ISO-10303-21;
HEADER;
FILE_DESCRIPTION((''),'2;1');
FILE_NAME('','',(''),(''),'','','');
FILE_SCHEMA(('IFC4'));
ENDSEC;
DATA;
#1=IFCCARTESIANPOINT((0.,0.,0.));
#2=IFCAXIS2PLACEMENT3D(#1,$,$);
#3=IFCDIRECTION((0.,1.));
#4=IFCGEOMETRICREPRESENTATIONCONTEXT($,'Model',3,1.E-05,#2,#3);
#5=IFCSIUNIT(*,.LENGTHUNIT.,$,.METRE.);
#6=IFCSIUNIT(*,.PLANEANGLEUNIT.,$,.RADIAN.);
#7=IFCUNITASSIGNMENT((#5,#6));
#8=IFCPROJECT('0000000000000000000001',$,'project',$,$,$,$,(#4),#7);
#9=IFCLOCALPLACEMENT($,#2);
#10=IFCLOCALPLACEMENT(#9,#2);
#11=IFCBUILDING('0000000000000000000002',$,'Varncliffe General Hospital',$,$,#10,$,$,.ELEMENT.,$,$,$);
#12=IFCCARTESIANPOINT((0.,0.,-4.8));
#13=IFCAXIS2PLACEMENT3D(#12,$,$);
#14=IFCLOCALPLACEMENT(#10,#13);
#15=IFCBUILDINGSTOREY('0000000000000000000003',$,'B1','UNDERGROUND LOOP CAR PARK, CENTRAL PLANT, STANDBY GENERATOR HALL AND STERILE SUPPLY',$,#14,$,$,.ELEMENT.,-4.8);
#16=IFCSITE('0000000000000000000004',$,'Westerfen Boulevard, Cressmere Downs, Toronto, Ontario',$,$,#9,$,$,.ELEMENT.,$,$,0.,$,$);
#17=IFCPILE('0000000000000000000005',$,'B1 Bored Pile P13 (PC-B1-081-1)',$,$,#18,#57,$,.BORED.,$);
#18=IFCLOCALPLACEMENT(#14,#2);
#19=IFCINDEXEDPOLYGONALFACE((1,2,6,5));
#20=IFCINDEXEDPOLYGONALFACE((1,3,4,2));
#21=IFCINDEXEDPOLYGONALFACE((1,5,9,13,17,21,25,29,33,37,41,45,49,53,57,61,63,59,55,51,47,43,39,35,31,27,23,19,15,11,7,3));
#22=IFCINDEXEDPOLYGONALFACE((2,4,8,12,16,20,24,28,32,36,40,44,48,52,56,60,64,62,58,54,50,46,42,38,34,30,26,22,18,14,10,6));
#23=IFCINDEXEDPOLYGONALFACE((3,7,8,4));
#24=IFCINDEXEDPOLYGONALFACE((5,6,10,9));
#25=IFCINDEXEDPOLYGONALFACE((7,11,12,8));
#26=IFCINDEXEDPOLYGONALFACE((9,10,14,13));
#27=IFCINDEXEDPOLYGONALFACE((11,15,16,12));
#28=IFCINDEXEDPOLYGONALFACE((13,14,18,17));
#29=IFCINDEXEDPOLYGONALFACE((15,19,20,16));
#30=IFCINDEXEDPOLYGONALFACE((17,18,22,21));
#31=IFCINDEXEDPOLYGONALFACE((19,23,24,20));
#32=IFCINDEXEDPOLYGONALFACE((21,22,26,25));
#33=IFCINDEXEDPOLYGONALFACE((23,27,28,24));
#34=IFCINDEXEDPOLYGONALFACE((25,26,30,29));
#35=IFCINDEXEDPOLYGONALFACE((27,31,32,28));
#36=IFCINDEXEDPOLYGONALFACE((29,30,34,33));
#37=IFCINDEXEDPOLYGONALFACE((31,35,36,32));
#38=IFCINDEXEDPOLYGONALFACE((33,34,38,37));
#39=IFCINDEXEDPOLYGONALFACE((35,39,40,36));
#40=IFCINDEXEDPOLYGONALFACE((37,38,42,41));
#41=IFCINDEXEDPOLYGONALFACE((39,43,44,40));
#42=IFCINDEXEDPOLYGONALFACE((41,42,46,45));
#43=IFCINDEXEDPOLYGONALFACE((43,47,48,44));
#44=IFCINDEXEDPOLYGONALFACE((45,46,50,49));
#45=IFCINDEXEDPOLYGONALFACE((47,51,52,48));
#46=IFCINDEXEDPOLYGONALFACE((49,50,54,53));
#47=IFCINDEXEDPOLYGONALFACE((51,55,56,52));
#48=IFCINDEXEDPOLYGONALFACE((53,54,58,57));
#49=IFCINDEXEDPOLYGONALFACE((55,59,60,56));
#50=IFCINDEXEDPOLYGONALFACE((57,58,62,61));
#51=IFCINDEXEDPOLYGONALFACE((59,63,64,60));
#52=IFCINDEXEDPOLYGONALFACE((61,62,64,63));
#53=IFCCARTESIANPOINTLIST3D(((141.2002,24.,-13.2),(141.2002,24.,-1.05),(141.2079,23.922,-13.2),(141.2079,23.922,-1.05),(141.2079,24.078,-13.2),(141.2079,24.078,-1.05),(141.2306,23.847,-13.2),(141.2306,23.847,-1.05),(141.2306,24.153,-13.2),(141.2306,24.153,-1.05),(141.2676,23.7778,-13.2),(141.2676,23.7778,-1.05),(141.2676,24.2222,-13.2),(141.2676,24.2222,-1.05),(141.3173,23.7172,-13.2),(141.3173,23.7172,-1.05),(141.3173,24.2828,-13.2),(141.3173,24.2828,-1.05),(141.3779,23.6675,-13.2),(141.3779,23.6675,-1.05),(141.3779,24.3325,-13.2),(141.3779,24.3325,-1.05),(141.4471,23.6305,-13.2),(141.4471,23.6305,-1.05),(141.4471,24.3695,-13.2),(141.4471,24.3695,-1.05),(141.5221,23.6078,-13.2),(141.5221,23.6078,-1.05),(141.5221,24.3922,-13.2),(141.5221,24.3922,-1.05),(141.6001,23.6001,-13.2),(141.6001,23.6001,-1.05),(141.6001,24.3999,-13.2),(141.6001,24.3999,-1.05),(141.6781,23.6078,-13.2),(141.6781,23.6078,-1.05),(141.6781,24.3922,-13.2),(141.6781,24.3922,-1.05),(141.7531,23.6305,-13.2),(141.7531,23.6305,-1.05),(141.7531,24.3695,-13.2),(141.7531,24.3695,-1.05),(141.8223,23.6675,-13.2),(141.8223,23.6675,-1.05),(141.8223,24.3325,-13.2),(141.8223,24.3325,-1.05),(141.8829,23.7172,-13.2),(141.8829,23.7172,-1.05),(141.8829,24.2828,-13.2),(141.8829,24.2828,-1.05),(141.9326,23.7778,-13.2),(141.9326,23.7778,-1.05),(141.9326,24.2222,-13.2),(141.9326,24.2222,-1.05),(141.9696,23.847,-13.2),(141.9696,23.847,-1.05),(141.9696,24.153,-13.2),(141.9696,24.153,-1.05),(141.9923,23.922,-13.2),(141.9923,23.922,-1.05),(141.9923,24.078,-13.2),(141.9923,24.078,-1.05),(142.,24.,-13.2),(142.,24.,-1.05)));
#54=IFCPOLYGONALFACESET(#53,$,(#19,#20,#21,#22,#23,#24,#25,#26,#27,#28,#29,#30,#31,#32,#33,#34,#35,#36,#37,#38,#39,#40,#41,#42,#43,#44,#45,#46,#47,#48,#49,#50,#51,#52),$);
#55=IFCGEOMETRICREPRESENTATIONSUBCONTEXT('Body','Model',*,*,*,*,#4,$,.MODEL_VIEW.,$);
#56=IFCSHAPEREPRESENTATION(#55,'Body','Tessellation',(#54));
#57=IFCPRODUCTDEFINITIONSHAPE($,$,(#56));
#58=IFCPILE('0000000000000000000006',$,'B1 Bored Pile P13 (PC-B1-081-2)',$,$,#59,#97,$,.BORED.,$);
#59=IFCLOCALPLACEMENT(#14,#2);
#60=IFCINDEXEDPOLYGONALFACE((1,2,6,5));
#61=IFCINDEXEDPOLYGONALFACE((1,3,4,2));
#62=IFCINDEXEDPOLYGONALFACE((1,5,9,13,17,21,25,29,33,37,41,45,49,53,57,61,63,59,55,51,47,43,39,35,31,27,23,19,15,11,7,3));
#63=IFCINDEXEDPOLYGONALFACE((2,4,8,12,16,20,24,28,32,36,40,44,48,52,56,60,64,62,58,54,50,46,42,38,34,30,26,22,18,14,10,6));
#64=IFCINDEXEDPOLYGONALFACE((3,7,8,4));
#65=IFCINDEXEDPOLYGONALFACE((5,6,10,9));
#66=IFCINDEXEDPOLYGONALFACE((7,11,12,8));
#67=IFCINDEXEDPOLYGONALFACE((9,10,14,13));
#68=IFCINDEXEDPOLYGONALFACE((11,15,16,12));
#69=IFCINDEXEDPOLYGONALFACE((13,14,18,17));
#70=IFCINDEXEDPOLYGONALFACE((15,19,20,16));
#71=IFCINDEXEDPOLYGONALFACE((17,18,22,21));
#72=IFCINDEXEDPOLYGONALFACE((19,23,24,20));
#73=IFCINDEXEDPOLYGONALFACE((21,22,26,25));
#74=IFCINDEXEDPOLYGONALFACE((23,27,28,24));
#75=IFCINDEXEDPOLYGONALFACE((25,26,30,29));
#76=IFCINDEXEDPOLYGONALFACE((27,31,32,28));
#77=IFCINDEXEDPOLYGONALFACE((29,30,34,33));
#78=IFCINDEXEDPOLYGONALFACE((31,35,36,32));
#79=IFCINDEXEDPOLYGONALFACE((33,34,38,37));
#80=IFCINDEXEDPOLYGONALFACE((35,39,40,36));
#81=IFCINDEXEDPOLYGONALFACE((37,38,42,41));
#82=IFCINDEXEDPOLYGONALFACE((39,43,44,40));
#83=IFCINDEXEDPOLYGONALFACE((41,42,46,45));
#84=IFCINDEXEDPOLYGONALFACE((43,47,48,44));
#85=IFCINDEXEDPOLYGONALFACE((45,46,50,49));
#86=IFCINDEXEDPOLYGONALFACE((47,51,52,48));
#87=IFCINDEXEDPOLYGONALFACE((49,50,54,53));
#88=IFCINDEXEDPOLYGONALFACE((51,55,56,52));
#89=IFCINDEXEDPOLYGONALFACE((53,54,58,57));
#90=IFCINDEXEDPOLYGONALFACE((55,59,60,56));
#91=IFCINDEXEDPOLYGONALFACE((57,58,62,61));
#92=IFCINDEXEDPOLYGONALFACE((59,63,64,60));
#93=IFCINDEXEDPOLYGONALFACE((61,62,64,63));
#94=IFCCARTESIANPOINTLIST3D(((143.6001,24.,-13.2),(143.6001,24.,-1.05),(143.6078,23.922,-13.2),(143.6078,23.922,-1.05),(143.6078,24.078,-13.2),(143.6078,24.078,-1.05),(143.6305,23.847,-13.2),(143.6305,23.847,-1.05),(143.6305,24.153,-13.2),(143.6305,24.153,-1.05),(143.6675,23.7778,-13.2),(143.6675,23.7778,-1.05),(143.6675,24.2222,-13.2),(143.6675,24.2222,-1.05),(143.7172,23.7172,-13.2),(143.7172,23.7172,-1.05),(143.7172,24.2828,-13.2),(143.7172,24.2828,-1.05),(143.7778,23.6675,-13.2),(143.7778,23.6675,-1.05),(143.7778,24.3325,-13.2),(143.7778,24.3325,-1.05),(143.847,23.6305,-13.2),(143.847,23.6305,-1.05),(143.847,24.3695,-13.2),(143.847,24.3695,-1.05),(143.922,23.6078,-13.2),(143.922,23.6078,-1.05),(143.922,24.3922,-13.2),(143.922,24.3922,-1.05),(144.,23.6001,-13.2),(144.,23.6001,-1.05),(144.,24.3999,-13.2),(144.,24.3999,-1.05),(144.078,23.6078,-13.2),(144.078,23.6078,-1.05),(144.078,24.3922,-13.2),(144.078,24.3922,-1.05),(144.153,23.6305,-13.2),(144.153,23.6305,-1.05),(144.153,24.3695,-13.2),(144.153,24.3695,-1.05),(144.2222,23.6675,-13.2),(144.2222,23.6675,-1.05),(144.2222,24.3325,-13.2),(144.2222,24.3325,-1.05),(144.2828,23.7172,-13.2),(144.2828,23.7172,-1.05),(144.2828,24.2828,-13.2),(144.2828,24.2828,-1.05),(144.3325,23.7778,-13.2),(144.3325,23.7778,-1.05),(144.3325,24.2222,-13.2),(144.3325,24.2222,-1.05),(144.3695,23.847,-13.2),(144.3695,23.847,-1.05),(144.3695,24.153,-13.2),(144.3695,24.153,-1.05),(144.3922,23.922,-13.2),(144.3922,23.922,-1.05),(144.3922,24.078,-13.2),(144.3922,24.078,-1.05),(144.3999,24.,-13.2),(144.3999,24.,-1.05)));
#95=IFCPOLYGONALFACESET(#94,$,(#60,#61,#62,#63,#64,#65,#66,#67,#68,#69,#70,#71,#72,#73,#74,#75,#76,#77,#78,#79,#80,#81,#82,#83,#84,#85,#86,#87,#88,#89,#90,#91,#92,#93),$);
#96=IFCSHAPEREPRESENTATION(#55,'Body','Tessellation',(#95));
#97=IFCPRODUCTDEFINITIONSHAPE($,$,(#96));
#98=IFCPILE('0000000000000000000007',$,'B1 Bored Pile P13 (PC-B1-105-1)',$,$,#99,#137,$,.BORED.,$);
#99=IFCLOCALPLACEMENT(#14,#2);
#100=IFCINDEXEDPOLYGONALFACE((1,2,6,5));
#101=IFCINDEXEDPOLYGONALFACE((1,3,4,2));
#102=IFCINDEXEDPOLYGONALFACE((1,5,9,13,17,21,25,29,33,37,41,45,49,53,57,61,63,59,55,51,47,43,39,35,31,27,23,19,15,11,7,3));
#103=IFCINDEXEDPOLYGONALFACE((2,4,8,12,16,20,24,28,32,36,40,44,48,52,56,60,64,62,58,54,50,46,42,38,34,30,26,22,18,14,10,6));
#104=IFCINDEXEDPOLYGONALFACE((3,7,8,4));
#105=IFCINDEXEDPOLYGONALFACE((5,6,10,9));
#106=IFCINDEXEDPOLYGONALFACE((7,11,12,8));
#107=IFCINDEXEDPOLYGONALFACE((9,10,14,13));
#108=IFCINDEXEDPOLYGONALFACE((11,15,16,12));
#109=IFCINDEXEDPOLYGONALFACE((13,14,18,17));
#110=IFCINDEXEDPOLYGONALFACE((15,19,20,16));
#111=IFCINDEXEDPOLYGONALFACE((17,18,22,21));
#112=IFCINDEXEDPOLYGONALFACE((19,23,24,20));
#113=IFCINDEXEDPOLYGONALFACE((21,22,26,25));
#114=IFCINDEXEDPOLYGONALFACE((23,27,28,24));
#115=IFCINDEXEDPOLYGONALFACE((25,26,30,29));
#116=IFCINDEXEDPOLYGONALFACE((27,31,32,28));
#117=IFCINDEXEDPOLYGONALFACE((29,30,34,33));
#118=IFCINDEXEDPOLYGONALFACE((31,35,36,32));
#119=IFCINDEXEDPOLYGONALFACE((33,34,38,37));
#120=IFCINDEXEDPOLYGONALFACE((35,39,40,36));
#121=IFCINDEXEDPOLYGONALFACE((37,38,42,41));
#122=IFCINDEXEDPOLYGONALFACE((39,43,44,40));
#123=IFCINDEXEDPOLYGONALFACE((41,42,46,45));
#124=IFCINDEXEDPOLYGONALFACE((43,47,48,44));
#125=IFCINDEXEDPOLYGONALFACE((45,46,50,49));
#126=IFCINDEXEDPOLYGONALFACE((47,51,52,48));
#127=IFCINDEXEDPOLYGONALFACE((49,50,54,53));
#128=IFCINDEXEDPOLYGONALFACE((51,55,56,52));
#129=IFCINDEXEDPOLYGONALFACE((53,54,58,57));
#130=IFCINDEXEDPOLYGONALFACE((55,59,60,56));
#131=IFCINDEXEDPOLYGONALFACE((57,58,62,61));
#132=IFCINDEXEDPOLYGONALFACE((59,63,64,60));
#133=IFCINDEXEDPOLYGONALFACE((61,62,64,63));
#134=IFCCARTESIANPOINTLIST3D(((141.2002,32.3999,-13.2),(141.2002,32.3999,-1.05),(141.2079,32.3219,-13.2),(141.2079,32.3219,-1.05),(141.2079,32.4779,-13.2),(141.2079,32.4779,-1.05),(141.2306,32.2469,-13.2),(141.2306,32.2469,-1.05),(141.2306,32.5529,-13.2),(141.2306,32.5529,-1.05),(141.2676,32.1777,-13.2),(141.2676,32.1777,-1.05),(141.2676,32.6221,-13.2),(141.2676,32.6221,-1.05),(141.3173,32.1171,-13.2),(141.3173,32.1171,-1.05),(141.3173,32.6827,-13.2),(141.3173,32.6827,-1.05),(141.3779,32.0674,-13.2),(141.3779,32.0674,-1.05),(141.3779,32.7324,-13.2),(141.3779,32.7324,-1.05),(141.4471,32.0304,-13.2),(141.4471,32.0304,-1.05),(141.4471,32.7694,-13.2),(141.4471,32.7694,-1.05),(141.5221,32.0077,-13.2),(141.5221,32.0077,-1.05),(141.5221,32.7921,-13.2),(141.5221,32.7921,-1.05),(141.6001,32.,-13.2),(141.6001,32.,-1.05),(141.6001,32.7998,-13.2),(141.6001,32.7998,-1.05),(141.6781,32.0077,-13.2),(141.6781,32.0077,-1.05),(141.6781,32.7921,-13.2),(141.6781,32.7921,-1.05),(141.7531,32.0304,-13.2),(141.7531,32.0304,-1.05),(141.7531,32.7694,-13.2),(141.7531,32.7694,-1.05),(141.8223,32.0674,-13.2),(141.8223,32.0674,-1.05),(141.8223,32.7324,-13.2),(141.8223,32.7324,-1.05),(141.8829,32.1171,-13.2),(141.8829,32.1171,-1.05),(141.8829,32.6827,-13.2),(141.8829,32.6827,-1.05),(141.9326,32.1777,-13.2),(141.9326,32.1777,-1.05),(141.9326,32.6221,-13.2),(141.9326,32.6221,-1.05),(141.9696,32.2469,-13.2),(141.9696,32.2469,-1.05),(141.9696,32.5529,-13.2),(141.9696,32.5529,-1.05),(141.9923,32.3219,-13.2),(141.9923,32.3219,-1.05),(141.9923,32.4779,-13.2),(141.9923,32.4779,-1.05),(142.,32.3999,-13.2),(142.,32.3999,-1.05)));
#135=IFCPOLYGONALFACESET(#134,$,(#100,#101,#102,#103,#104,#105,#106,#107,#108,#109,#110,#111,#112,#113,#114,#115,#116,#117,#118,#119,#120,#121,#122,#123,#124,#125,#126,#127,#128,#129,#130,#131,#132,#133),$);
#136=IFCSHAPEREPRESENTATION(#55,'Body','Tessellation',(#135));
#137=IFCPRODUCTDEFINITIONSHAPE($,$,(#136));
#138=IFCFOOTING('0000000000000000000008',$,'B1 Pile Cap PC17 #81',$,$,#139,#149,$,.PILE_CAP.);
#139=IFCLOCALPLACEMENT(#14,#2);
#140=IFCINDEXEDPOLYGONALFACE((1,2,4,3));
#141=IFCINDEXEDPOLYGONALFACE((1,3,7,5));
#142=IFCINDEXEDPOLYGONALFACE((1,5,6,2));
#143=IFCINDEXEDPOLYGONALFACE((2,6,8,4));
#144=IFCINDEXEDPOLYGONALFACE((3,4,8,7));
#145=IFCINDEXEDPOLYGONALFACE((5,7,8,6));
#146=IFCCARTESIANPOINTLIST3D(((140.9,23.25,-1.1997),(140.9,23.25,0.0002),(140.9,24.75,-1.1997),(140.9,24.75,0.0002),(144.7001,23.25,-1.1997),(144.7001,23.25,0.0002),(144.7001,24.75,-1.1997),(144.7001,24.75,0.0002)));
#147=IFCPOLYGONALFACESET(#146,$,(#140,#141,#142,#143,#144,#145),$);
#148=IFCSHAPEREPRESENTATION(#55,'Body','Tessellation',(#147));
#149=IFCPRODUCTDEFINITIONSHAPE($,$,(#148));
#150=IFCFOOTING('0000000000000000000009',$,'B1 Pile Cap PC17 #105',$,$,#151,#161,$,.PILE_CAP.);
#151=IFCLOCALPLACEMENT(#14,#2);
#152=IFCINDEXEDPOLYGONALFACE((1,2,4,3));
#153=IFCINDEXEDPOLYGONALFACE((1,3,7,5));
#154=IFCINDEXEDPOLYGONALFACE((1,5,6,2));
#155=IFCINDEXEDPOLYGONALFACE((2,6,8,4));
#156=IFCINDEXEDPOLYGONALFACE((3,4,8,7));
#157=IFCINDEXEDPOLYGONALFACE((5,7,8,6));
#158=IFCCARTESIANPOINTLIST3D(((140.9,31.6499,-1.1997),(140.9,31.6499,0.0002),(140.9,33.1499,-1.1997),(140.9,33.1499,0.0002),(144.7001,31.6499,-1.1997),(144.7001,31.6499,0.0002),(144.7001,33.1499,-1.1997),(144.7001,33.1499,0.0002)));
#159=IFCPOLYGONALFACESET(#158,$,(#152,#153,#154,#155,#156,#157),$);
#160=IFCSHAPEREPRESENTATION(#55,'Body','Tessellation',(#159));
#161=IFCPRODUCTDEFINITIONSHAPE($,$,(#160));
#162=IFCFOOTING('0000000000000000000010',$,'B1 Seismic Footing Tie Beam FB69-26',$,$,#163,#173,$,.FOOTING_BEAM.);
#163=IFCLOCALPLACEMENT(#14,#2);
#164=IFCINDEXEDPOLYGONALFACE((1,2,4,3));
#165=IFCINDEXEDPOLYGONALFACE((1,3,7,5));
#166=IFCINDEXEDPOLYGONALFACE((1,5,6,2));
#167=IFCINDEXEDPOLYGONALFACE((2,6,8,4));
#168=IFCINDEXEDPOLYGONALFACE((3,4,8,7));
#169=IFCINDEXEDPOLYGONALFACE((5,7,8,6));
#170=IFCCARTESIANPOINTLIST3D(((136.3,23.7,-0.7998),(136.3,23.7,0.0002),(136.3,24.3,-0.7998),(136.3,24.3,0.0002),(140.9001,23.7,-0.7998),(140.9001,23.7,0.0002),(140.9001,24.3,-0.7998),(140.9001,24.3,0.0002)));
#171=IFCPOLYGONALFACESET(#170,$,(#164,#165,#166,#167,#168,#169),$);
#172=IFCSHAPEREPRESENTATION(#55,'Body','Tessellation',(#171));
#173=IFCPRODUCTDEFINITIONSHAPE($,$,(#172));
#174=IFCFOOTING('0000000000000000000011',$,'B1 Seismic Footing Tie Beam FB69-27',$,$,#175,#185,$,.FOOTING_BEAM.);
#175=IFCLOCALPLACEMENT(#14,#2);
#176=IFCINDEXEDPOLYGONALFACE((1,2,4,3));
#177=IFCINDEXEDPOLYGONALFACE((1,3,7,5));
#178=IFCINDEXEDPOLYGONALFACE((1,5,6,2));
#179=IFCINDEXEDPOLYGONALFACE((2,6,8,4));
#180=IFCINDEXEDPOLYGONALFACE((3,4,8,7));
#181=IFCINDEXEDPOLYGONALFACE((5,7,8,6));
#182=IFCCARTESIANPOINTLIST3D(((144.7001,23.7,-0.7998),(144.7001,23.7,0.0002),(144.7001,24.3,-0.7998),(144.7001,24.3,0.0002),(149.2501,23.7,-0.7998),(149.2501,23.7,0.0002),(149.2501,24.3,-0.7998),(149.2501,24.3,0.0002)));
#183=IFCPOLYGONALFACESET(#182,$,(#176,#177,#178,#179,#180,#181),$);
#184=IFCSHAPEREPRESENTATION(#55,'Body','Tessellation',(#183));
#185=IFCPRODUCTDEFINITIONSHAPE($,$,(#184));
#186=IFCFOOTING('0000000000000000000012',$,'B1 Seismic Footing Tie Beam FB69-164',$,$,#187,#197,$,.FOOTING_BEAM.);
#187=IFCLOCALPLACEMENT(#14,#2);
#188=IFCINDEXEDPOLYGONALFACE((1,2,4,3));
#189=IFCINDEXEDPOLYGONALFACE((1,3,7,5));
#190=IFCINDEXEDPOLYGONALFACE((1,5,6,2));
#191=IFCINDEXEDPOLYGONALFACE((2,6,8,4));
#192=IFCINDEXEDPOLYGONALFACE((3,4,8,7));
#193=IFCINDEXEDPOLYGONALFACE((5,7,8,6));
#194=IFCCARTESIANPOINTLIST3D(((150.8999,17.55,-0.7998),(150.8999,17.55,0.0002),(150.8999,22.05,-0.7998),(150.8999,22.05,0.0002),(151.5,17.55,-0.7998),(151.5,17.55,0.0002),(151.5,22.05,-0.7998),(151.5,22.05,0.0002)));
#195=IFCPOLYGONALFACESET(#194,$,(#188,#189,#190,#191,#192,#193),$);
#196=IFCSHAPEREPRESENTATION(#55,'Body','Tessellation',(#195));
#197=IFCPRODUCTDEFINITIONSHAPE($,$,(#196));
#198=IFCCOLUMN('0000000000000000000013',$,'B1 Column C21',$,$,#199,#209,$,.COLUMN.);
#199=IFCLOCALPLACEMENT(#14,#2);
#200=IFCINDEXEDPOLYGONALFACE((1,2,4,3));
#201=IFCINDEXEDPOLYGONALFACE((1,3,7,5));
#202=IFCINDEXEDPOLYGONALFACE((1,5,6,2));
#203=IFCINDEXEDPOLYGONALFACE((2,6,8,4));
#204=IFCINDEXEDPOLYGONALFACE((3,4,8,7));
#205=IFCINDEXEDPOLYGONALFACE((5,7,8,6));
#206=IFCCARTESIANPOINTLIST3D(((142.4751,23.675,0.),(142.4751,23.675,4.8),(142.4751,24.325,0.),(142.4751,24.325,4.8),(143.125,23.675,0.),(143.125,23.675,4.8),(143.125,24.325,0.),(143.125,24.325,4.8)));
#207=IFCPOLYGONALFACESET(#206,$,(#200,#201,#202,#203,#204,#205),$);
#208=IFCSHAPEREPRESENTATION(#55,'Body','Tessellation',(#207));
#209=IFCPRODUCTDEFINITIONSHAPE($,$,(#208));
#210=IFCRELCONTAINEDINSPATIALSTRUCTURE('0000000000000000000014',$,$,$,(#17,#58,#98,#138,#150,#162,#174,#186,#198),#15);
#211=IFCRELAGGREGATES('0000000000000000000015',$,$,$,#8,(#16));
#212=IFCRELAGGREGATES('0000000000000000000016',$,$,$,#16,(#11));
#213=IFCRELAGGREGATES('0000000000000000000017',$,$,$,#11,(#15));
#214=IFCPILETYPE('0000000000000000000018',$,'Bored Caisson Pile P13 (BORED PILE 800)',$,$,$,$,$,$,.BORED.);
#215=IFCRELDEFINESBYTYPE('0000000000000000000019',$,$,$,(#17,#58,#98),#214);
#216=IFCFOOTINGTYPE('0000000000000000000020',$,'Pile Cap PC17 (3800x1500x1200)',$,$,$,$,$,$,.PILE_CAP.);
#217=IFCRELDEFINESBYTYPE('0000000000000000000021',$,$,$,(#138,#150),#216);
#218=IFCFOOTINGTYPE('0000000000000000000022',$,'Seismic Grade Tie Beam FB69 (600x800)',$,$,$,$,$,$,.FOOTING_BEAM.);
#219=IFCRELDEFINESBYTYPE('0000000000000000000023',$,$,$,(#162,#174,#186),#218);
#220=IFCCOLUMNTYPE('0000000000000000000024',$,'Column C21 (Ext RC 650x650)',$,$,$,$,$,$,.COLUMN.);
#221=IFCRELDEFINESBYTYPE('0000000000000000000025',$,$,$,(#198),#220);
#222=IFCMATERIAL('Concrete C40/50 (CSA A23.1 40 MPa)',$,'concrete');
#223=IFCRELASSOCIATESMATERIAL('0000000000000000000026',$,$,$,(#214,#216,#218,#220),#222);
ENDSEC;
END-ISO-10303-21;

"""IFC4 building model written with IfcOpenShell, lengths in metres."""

from ifc_helpers import new_model, si_unit, direction, frame, origin, origin_2d, place, context, subcontext, project, spatial, rectangle, circle, extrude, material, material_profile, profile_set, type_object, element, save


model = new_model("IFC4")

# Units and contexts
model_context = context("Model", 3, precision=1e-05, world=origin(), true_north=direction((0.0, 1.0)))
body_context = subcontext(model_context, "Body", "Model", "MODEL_VIEW")
ifc_project = project(units=[si_unit("LENGTHUNIT", "METRE"), si_unit("PLANEANGLEUNIT", "RADIAN")], contexts=[model_context])

# Site, building, storey
site_placement = place(None, origin())
site = spatial("IfcSite", under=ifc_project, at=site_placement, Name="Westerfen Boulevard, Cressmere Downs, Toronto, Ontario", CompositionType="ELEMENT", RefElevation=0.0)
building_placement = place(site_placement, origin())
building = spatial("IfcBuilding", under=site, at=building_placement, Name="Varncliffe General Hospital", CompositionType="ELEMENT")
storey_placement = place(building_placement, frame((0.0, 0.0, -4.8)))
storey = spatial("IfcBuildingStorey", under=building, at=storey_placement, Name="B1", Description="UNDERGROUND LOOP CAR PARK, CENTRAL PLANT, STANDBY GENERATOR HALL AND STERILE SUPPLY", CompositionType="ELEMENT", Elevation=-4.8)

# Piles
ifc_material_1 = material(Name="Concrete C40/50 (CSA A23.1 40 MPa)", Category="concrete")
ifc_material_profile_1 = material_profile(ifc_material_1, circle(Radius=0.3999, at=origin_2d()), Name="BORED PILE 800")
ifc_profile_set_1 = profile_set([ifc_material_profile_1], Name="Concrete C40/50 (CSA A23.1 40 MPa)")
pile_type = type_object("IfcPileType", Name="Bored Caisson Pile P13 (BORED PILE 800)", PredefinedType="BORED", material=ifc_profile_set_1)
for number, where, z_axis, x_axis, name in (
    (1, (141.6001, 24.0, -1.05), (0.0, 0.0, -1.0), (1.0, 0.0, 0.0), "B1 Bored Pile P13 (PC-B1-081-1)"),
    (2, (144.0, 24.0, -1.05), (0.0, 0.0, -1.0), (1.0, 0.0, 0.0), "B1 Bored Pile P13 (PC-B1-081-2)"),
    (3, (141.6001, 32.3999, -1.05), (0.0, 0.0, -1.0), (1.0, 0.0, 0.0), "B1 Bored Pile P13 (PC-B1-105-1)"),
):
    element("IfcPile", number, at=place(storey_placement, frame(where, z_axis=z_axis, x_axis=x_axis)), inside=storey, type_object=pile_type, Name=name, PredefinedType="BORED", context=body_context, shape_type="SweptSolid", body=[
        extrude(circle(Radius=0.3999, at=origin_2d()), origin(), (0.0, 0.0, 1.0), 12.1499),
    ])

# Footings
footing_type_1 = type_object("IfcFootingType", Name="Pile Cap PC17 (3800x1500x1200)", PredefinedType="PILE_CAP", material=ifc_material_1)
for number, where, z_axis, x_axis, name in (
    (4, (142.8, 24.0, -1.1997), (0.0, 0.0, 1.0), (1.0, 0.0, 0.0), "B1 Pile Cap PC17 #81"),
    (5, (142.8, 32.3999, -1.1997), (0.0, 0.0, 1.0), (1.0, 0.0, 0.0), "B1 Pile Cap PC17 #105"),
):
    element("IfcFooting", number, at=place(storey_placement, frame(where, z_axis=z_axis, x_axis=x_axis)), inside=storey, type_object=footing_type_1, Name=name, PredefinedType="PILE_CAP", context=body_context, shape_type="SweptSolid", body=[
        extrude(rectangle(XDim=3.8, YDim=1.5, at=origin_2d()), origin(), (0.0, 0.0, 1.0), 1.2),
    ])
footing_type_2 = type_object("IfcFootingType", Name="Seismic Grade Tie Beam FB69 (600x800)", PredefinedType="FOOTING_BEAM", material=ifc_material_1)
footing_1_placement = place(storey_placement, frame((138.6001, 24.0, -0.7998), z_axis=(0.0, 0.0, 1.0), x_axis=(1.0, 0.0, 0.0)))
element("IfcFooting", 6, at=footing_1_placement, inside=storey, type_object=footing_type_2, Name="B1 Seismic Footing Tie Beam FB69-26", PredefinedType="FOOTING_BEAM", context=body_context, shape_type="SweptSolid", body=[
    extrude(rectangle(XDim=4.6001, YDim=0.6001, at=origin_2d()), origin(), (0.0, 0.0, 1.0), 0.8),
])
footing_2_placement = place(storey_placement, frame((146.9751, 24.0, -0.7998), z_axis=(0.0, 0.0, 1.0), x_axis=(1.0, 0.0, 0.0)))
element("IfcFooting", 7, at=footing_2_placement, inside=storey, type_object=footing_type_2, Name="B1 Seismic Footing Tie Beam FB69-27", PredefinedType="FOOTING_BEAM", context=body_context, shape_type="SweptSolid", body=[
    extrude(rectangle(XDim=4.55, YDim=0.6001, at=origin_2d()), origin(), (0.0, 0.0, 1.0), 0.8),
])
footing_3_placement = place(storey_placement, frame((151.2, 19.8, -0.7998), z_axis=(0.0, 0.0, 1.0), x_axis=(1.0, 0.0, 0.0)))
element("IfcFooting", 8, at=footing_3_placement, inside=storey, type_object=footing_type_2, Name="B1 Seismic Footing Tie Beam FB69-164", PredefinedType="FOOTING_BEAM", context=body_context, shape_type="SweptSolid", body=[
    extrude(rectangle(XDim=0.6001, YDim=4.5, at=origin_2d()), origin(), (0.0, 0.0, 1.0), 0.8),
])

# Column
ifc_material_profile_2 = material_profile(ifc_material_1, rectangle(XDim=0.6499, YDim=0.6499, at=origin_2d()), Name="RC 650x650")
ifc_profile_set_2 = profile_set([ifc_material_profile_2], Name="Concrete C40/50 (CSA A23.1 40 MPa)")
column_type_1 = type_object("IfcColumnType", Name="Column C21 (Ext RC 650x650)", PredefinedType="COLUMN", material=ifc_profile_set_2)
column_1_placement = place(storey_placement, frame((142.8, 24.0, 0.0), z_axis=(0.0, 0.0, 1.0), x_axis=(1.0, 0.0, 0.0)))
element("IfcColumn", 9, at=column_1_placement, inside=storey, type_object=column_type_1, Name="B1 Column C21", PredefinedType="COLUMN", context=body_context, shape_type="SweptSolid", body=[
    extrude(rectangle(XDim=0.6499, YDim=0.6499, at=origin_2d()), origin(), (0.0, 0.0, 1.0), 4.8),
])

save(model, "model.ifc")
